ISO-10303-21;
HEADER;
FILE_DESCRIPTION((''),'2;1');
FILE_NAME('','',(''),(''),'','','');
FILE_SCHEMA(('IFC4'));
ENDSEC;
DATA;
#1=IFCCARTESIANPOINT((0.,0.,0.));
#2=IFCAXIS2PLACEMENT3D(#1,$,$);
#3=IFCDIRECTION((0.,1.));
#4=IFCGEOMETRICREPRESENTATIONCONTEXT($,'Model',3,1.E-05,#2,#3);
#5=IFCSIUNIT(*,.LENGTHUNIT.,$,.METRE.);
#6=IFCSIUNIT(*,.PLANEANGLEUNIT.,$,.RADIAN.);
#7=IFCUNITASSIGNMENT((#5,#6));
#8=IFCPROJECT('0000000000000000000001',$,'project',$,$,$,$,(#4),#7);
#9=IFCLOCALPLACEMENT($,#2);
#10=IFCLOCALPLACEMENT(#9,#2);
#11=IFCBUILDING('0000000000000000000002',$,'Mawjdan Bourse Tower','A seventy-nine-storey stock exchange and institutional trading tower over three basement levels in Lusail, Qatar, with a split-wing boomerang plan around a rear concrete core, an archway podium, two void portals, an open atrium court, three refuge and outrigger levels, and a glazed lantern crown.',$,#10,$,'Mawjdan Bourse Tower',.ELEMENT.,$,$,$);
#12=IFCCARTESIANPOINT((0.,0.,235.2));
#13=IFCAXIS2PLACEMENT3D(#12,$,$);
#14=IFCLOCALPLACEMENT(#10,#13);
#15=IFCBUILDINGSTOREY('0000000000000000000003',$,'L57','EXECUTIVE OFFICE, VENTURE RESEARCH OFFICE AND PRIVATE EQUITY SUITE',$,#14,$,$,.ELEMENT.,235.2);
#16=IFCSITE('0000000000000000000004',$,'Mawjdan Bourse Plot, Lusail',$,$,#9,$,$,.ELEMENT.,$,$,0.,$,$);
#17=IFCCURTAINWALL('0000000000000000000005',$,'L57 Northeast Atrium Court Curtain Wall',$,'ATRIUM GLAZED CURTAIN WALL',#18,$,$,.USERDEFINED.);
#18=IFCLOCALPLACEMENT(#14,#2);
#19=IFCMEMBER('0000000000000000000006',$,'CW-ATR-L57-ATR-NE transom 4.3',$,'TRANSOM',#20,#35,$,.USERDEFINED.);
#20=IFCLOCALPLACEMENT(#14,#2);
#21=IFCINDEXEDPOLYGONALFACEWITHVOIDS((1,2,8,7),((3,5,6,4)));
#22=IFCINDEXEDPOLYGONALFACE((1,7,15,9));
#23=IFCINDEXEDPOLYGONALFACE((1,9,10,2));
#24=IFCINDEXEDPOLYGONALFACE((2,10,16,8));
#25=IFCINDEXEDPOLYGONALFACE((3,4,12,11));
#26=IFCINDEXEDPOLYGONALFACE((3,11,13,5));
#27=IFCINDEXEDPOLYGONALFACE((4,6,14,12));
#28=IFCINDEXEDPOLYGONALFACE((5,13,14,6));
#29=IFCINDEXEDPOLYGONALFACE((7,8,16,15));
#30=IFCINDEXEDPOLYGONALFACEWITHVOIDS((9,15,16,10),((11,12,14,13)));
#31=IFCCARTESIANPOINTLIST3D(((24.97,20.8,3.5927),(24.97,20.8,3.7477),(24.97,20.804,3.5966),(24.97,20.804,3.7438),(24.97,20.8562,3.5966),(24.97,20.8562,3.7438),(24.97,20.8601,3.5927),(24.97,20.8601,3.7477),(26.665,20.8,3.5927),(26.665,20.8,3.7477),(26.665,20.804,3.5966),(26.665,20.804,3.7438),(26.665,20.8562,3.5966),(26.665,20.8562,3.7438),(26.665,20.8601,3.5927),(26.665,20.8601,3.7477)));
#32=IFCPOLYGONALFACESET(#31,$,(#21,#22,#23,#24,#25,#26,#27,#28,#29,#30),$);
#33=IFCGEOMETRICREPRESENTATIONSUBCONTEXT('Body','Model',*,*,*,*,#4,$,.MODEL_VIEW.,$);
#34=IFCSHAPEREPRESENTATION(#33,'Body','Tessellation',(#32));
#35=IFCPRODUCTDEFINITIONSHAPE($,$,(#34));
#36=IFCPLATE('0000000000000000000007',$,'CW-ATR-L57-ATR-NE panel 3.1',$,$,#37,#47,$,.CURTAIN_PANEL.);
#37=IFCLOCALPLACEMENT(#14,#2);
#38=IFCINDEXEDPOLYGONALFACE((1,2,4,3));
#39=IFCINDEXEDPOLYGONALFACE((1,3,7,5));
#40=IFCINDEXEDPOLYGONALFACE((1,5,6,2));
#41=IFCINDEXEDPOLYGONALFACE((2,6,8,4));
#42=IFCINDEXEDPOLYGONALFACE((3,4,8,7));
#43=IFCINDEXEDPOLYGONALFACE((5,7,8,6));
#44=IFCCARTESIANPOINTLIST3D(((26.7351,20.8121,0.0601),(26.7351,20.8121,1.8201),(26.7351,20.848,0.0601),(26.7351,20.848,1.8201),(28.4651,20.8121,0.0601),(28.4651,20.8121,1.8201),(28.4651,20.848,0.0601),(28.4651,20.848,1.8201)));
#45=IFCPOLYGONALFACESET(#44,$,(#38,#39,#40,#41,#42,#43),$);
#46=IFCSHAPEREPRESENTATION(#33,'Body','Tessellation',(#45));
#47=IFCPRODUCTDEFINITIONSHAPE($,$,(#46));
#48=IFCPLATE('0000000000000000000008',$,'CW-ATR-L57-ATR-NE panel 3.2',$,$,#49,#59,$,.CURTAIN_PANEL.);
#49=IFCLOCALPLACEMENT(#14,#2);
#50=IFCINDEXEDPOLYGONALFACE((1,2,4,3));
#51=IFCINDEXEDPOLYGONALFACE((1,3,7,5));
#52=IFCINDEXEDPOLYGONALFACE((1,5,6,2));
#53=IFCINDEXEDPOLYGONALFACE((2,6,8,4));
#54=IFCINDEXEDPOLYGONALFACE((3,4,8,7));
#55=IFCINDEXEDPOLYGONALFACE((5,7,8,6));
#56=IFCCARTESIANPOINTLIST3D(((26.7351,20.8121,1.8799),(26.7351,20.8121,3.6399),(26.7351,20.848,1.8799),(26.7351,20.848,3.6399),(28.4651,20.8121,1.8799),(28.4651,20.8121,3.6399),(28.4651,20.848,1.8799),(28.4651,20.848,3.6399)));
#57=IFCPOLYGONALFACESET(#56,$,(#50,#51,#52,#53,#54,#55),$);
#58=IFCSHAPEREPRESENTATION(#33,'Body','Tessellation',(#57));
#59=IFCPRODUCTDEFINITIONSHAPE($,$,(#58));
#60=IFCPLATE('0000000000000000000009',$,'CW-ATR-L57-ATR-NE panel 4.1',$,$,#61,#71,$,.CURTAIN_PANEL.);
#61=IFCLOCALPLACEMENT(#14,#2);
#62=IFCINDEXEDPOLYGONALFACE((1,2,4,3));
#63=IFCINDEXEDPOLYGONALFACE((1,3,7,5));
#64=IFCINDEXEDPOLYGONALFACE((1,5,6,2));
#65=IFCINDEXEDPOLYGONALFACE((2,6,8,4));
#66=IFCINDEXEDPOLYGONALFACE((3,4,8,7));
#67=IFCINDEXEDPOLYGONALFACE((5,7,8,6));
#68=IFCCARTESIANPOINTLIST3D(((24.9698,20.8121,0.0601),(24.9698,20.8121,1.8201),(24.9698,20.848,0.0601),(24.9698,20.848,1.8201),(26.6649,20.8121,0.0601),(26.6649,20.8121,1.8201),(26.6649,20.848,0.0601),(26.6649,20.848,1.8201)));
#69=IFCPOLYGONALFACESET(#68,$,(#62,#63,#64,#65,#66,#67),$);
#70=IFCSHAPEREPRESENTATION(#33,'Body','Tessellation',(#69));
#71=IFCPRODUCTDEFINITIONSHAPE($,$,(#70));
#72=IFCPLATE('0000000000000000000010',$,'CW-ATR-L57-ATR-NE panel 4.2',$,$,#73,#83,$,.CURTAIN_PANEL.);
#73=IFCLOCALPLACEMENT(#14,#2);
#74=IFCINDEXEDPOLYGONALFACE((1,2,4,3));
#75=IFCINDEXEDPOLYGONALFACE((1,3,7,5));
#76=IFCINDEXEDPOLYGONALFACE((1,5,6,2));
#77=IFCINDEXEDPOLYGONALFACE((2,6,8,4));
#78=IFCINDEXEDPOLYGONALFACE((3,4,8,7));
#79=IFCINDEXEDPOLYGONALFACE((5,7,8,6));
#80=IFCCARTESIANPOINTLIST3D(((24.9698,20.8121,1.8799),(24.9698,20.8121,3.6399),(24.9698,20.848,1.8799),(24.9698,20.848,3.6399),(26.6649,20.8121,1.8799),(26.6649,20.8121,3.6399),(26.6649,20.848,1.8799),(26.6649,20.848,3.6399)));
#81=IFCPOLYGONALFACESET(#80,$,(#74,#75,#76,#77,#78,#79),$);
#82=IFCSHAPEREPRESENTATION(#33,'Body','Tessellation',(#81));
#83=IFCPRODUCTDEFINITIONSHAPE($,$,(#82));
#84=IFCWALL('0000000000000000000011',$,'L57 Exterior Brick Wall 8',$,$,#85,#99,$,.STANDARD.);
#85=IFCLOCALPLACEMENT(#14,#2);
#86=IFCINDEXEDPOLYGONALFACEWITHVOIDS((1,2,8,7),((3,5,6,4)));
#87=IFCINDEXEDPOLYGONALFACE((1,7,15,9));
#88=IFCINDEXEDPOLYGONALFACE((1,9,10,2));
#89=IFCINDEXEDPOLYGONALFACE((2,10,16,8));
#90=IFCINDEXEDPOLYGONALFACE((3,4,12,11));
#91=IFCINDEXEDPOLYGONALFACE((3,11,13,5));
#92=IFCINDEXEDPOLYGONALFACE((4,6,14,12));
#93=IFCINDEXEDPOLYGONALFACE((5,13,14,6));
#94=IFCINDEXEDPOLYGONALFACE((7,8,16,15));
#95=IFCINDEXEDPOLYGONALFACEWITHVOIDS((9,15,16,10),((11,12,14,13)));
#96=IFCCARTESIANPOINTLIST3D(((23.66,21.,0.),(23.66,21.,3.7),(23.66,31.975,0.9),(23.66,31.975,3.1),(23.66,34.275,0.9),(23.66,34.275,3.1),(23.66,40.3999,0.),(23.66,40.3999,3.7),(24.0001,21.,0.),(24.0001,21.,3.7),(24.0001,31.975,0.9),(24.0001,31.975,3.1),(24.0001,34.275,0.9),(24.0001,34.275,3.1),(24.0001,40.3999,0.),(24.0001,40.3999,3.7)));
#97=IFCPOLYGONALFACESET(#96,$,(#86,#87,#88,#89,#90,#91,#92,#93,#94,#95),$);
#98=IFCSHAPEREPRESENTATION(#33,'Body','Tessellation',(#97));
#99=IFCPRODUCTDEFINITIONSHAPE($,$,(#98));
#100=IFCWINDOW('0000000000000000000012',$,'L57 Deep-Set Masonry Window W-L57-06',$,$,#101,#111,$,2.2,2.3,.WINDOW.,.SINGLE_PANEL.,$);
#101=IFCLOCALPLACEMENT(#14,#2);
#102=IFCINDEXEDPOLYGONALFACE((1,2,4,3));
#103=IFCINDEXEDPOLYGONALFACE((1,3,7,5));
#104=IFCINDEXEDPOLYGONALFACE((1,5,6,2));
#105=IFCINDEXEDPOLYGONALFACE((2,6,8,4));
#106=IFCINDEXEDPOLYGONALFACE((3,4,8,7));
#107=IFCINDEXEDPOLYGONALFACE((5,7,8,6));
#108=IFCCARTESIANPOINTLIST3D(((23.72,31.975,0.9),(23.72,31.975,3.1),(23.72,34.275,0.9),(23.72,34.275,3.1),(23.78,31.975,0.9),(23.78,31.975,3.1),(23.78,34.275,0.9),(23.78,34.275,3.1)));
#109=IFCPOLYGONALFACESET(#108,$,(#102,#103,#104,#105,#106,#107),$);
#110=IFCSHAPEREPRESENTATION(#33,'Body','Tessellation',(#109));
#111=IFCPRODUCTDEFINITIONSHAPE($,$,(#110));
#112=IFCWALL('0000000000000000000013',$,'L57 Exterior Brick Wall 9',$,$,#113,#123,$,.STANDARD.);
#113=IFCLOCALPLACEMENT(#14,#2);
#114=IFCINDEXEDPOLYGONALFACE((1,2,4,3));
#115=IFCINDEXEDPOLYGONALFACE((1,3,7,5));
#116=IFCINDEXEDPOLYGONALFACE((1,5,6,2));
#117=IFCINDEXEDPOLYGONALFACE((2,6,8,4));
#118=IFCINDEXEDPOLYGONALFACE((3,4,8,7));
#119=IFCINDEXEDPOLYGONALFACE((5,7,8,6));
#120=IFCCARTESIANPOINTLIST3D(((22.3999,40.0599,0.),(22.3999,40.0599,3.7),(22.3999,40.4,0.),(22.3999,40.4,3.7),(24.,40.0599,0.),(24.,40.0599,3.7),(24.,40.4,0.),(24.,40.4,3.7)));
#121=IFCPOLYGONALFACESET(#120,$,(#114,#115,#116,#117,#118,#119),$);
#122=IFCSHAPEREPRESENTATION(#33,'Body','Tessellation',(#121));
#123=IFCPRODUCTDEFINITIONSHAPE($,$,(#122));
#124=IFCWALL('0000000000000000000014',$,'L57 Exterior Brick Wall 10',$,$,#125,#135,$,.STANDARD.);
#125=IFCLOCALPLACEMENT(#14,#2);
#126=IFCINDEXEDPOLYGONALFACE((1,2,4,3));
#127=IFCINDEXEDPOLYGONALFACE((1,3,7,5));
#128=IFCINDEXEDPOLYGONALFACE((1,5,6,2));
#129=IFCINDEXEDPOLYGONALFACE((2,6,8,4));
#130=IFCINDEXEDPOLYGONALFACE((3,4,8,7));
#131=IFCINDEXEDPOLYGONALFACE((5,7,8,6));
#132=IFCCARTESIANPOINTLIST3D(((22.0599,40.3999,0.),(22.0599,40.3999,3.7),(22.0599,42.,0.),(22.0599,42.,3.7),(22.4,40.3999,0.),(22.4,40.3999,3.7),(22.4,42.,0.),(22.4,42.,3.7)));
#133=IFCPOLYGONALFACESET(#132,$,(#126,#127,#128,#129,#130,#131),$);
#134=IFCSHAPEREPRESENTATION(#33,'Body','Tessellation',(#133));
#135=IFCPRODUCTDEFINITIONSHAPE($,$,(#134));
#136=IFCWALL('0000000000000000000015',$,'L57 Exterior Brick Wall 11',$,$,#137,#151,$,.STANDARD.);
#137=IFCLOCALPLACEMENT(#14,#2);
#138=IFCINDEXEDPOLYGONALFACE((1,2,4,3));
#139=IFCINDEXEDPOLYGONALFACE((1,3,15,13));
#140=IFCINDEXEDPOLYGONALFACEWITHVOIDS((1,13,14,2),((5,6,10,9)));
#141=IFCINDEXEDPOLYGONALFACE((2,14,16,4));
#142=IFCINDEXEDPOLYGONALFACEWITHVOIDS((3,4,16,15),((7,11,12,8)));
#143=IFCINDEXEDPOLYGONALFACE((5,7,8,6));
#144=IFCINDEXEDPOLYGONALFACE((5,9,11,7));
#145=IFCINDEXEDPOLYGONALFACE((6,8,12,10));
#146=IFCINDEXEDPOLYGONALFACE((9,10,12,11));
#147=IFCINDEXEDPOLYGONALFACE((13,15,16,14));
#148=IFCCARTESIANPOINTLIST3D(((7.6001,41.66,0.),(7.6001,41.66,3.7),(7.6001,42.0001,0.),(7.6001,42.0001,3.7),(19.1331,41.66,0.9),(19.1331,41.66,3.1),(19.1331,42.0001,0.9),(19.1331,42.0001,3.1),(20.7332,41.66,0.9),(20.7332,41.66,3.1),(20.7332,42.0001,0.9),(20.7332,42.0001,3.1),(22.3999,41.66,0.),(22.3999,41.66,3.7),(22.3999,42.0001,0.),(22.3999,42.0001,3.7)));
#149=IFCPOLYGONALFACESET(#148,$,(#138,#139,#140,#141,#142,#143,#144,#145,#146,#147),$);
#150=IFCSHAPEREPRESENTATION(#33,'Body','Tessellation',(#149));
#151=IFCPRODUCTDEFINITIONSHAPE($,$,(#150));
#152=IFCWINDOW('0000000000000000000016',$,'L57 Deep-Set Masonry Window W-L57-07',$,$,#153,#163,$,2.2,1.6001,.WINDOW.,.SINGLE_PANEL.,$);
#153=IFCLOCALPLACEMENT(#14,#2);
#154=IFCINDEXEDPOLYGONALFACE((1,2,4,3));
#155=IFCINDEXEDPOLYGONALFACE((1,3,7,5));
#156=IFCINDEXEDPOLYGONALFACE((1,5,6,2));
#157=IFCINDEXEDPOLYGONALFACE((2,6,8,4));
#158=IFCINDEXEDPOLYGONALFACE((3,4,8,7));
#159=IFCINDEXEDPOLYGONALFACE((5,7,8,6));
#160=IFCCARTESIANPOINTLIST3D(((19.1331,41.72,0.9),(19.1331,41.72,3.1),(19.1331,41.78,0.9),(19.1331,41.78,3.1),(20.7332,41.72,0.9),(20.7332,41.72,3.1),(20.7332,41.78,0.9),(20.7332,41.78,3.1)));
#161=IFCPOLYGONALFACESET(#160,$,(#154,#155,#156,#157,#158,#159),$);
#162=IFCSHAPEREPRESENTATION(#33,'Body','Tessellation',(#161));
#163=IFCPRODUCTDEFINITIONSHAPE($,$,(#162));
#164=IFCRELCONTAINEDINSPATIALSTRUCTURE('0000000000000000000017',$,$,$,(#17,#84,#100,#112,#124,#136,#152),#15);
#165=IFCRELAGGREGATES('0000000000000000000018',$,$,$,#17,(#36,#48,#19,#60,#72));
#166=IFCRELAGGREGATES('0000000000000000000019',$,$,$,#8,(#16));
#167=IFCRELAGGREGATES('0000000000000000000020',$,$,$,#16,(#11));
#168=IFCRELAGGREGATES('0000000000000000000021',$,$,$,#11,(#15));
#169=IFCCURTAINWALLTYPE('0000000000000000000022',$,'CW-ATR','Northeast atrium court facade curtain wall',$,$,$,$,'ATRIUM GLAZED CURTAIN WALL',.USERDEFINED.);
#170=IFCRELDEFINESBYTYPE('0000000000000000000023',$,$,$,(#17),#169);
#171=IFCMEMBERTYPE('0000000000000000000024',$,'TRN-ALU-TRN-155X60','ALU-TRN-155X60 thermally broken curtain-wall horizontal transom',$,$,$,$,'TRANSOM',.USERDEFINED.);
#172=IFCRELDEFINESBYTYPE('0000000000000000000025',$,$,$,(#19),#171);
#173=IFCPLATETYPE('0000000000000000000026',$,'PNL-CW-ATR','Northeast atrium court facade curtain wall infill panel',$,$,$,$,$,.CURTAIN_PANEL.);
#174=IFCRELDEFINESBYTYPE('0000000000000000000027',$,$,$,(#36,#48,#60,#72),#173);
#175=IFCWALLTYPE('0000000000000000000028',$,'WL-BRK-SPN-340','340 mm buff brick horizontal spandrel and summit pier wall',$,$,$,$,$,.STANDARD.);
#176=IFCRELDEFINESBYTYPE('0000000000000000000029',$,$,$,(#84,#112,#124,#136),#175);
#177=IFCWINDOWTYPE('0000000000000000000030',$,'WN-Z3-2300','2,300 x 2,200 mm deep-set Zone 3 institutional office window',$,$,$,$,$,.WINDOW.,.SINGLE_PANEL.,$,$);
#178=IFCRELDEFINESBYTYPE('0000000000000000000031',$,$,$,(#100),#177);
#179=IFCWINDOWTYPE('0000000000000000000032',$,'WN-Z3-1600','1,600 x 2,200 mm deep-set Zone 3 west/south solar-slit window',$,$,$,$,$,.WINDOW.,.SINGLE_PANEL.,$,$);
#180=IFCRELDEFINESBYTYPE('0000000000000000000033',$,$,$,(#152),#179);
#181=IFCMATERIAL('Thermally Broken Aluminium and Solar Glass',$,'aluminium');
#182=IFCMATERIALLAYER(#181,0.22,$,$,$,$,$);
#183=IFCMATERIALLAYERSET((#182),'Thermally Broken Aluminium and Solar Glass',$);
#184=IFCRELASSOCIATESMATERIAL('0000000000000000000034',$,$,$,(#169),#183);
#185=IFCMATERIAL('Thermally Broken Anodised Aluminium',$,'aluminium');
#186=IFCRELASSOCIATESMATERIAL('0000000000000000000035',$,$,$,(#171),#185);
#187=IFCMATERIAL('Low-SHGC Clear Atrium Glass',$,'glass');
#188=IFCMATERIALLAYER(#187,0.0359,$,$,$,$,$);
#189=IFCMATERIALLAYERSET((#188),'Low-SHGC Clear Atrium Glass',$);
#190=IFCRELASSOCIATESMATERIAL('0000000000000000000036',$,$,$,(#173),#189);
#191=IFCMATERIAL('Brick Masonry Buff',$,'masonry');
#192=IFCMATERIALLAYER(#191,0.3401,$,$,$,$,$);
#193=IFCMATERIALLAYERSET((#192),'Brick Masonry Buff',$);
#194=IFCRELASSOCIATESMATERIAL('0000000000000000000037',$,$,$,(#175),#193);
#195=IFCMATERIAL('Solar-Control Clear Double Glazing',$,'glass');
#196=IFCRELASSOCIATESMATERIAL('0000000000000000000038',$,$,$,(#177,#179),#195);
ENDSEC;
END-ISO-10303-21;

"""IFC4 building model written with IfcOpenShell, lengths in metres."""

from ifc_helpers import new_model, si_unit, direction, frame, frame_2d, origin, origin_2d, place, context, subcontext, project, spatial, rectangle, hollow_rectangle, extrude, material, layer, layer_set, material_profile, profile_set, type_object, element, fill, aggregate, save


model = new_model("IFC4")

# Units and contexts
model_context = context("Model", 3, precision=1e-05, world=origin(), true_north=direction((0.0, 1.0)))
body_context = subcontext(model_context, "Body", "Model", "MODEL_VIEW")
ifc_project = project(units=[si_unit("LENGTHUNIT", "METRE"), si_unit("PLANEANGLEUNIT", "RADIAN")], contexts=[model_context])

# Site, building, storey
site_placement = place(None, origin())
site = spatial("IfcSite", under=ifc_project, at=site_placement, Name="Mawjdan Bourse Plot, Lusail", CompositionType="ELEMENT", RefElevation=0.0)
building_placement = place(site_placement, origin())
building = spatial("IfcBuilding", under=site, at=building_placement, Name="Mawjdan Bourse Tower", Description="A seventy-nine-storey stock exchange and institutional trading tower over three basement levels in Lusail, Qatar, with a split-wing boomerang plan around a rear concrete core, an archway podium, two void portals, an open atrium court, three refuge and outrigger levels, and a glazed lantern crown.", LongName="Mawjdan Bourse Tower", CompositionType="ELEMENT")
storey_placement = place(building_placement, frame((0.0, 0.0, 235.2)))
storey = spatial("IfcBuildingStorey", under=building, at=storey_placement, Name="L57", Description="EXECUTIVE OFFICE, VENTURE RESEARCH OFFICE AND PRIVATE EQUITY SUITE", CompositionType="ELEMENT", Elevation=235.2)

# Curtain wall
ifc_material_1 = material(Name="Thermally Broken Aluminium and Solar Glass", Category="aluminium")
ifc_layer_1 = layer(ifc_material_1, 0.22)
ifc_layer_set_1 = layer_set([ifc_layer_1], Name="Thermally Broken Aluminium and Solar Glass")
curtain_wall_type = type_object("IfcCurtainWallType", Name="CW-ATR", Description="Northeast atrium court facade curtain wall", ElementType="ATRIUM GLAZED CURTAIN WALL", PredefinedType="USERDEFINED", material=ifc_layer_set_1)
curtain_wall_placement = place(storey_placement, origin())
curtain_wall = element("IfcCurtainWall", 1, at=curtain_wall_placement, inside=storey, type_object=curtain_wall_type, Name="L57 Northeast Atrium Court Curtain Wall", ObjectType="ATRIUM GLAZED CURTAIN WALL", PredefinedType="USERDEFINED")
ifc_material_2 = material(Name="Thermally Broken Anodised Aluminium", Category="aluminium")

# Member
ifc_material_profile_1 = material_profile(ifc_material_2, hollow_rectangle(XDim=0.0601, YDim=0.155, WallThickness=0.0039, at=origin_2d()), Name="ALU-TRN-155X60")
ifc_profile_set_1 = profile_set([ifc_material_profile_1], Name="Thermally Broken Anodised Aluminium")
member_type_1 = type_object("IfcMemberType", Name="TRN-ALU-TRN-155X60", Description="ALU-TRN-155X60 thermally broken curtain-wall horizontal transom", ElementType="TRANSOM", PredefinedType="USERDEFINED", material=ifc_profile_set_1)
member_1_placement = place(storey_placement, frame((26.665, 20.8301, 3.6702), z_axis=(-1.0, 0.0, 0.0), x_axis=(0.0, -1.0, 0.0)))
member_1 = element("IfcMember", 2, at=member_1_placement, type_object=member_type_1, Name="CW-ATR-L57-ATR-NE transom 4.3", ObjectType="TRANSOM", PredefinedType="USERDEFINED", context=body_context, shape_type="SweptSolid", body=[
    extrude(hollow_rectangle(XDim=0.0601, YDim=0.155, WallThickness=0.0039, at=origin_2d()), origin(), (0.0, 0.0, 1.0), 1.6951),
])

# Plates
ifc_material_3 = material(Name="Low-SHGC Clear Atrium Glass", Category="glass")
ifc_layer_2 = layer(ifc_material_3, 0.0359)
ifc_layer_set_2 = layer_set([ifc_layer_2], Name="Low-SHGC Clear Atrium Glass")
plate_type = type_object("IfcPlateType", Name="PNL-CW-ATR", Description="Northeast atrium court facade curtain wall infill panel", PredefinedType="CURTAIN_PANEL", material=ifc_layer_set_2)
plate_1_placement = place(storey_placement, frame((27.6001, 20.8301, 0.0601), z_axis=(0.0, 0.0, 1.0), x_axis=(-1.0, 0.0, 0.0)))
plate_1 = element("IfcPlate", 3, at=plate_1_placement, type_object=plate_type, Name="CW-ATR-L57-ATR-NE panel 3.1", PredefinedType="CURTAIN_PANEL", context=body_context, shape_type="SweptSolid", body=[
    extrude(rectangle(XDim=1.73, YDim=0.0359, at=origin_2d()), origin(), (0.0, 0.0, 1.0), 1.76),
])
plate_2_placement = place(storey_placement, frame((27.6001, 20.8301, 1.8799), z_axis=(0.0, 0.0, 1.0), x_axis=(-1.0, 0.0, 0.0)))
plate_2 = element("IfcPlate", 4, at=plate_2_placement, type_object=plate_type, Name="CW-ATR-L57-ATR-NE panel 3.2", PredefinedType="CURTAIN_PANEL", context=body_context, shape_type="SweptSolid", body=[
    extrude(rectangle(XDim=1.73, YDim=0.0359, at=origin_2d()), origin(), (0.0, 0.0, 1.0), 1.76),
])
plate_3_placement = place(storey_placement, frame((25.8174, 20.8301, 0.0601), z_axis=(0.0, 0.0, 1.0), x_axis=(-1.0, 0.0, 0.0)))
plate_3 = element("IfcPlate", 5, at=plate_3_placement, type_object=plate_type, Name="CW-ATR-L57-ATR-NE panel 4.1", PredefinedType="CURTAIN_PANEL", context=body_context, shape_type="SweptSolid", body=[
    extrude(rectangle(XDim=1.6951, YDim=0.0359, at=origin_2d()), origin(), (0.0, 0.0, 1.0), 1.76),
])
plate_4_placement = place(storey_placement, frame((25.8174, 20.8301, 1.8799), z_axis=(0.0, 0.0, 1.0), x_axis=(-1.0, 0.0, 0.0)))
plate_4 = element("IfcPlate", 6, at=plate_4_placement, type_object=plate_type, Name="CW-ATR-L57-ATR-NE panel 4.2", PredefinedType="CURTAIN_PANEL", context=body_context, shape_type="SweptSolid", body=[
    extrude(rectangle(XDim=1.6951, YDim=0.0359, at=origin_2d()), origin(), (0.0, 0.0, 1.0), 1.76),
])
aggregate(curtain_wall, [plate_1, plate_2, member_1, plate_3, plate_4])

# Wall, opening, window
ifc_material_4 = material(Name="Brick Masonry Buff", Category="masonry")
ifc_layer_3 = layer(ifc_material_4, 0.3401)
ifc_layer_set_3 = layer_set([ifc_layer_3], Name="Brick Masonry Buff")
wall_type = type_object("IfcWallType", Name="WL-BRK-SPN-340", Description="340 mm buff brick horizontal spandrel and summit pier wall", PredefinedType="STANDARD", material=ifc_layer_set_3)
wall_1_placement = place(storey_placement, frame((23.8301, 21.0, 0.0), z_axis=(0.0, 0.0, 1.0), x_axis=(0.0, 1.0, 0.0)))
wall_1 = element("IfcWall", 7, at=wall_1_placement, inside=storey, type_object=wall_type, Name="L57 Exterior Brick Wall 8", PredefinedType="STANDARD", context=body_context, shape_type="SweptSolid", body=[
    extrude(rectangle(XDim=19.3999, YDim=0.3401, at=frame_2d((9.7, 0.0))), origin(), (0.0, 0.0, 1.0), 3.7),
])
opening_1_placement = place(wall_1_placement, frame((10.9751, 0.0, 0.8999)))
opening_1 = element("IfcOpeningElement", 8, at=opening_1_placement, cuts=wall_1, PredefinedType="OPENING", context=body_context, shape_type="SweptSolid", body=[
    extrude(rectangle(XDim=2.3, YDim=2.2, at=frame_2d((1.1499, 1.1001))), frame((0.0, 0.1802, 0.0), z_axis=(0.0, -1.0, 0.0), x_axis=(1.0, 0.0, 0.0)), (0.0, 0.0, 1.0), 0.3601),
])
ifc_material_5 = material(Name="Solar-Control Clear Double Glazing", Category="glass")
window_type_1 = type_object("IfcWindowType", Name="WN-Z3-2300", Description="2,300 x 2,200 mm deep-set Zone 3 institutional office window", PartitioningType="SINGLE_PANEL", PredefinedType="WINDOW", material=ifc_material_5)
window_1_placement = place(opening_1_placement, origin())
window_1 = element("IfcWindow", 9, at=window_1_placement, inside=storey, type_object=window_type_1, Name="L57 Deep-Set Masonry Window W-L57-06", OverallHeight=2.2, OverallWidth=2.3, PartitioningType="SINGLE_PANEL", PredefinedType="WINDOW", context=body_context, shape_type="SweptSolid", body=[
    extrude(rectangle(XDim=2.3, YDim=2.2, at=frame_2d((1.1499, 1.1001))), frame((0.0, 0.1101, 0.0), z_axis=(0.0, -1.0, 0.0), x_axis=(1.0, 0.0, 0.0)), (0.0, 0.0, 1.0), 0.0601),
])
fill(opening_1, window_1)

# Walls
for number, where, z_axis, x_axis, name in (
    (10, (24.0, 40.23, 0.0), (0.0, 0.0, 1.0), (-1.0, 0.0, 0.0), "L57 Exterior Brick Wall 9"),
    (11, (22.23, 40.3999, 0.0), (0.0, 0.0, 1.0), (0.0, 1.0, 0.0), "L57 Exterior Brick Wall 10"),
):
    element("IfcWall", number, at=place(storey_placement, frame(where, z_axis=z_axis, x_axis=x_axis)), inside=storey, type_object=wall_type, Name=name, PredefinedType="STANDARD", context=body_context, shape_type="SweptSolid", body=[
        extrude(rectangle(XDim=1.6001, YDim=0.3401, at=frame_2d((0.8, 0.0))), origin(), (0.0, 0.0, 1.0), 3.7),
    ])

# Wall, opening, window
wall_2_placement = place(storey_placement, frame((22.3999, 41.8301, 0.0), z_axis=(0.0, 0.0, 1.0), x_axis=(-1.0, 0.0, 0.0)))
wall_2 = element("IfcWall", 12, at=wall_2_placement, inside=storey, type_object=wall_type, Name="L57 Exterior Brick Wall 11", PredefinedType="STANDARD", context=body_context, shape_type="SweptSolid", body=[
    extrude(rectangle(XDim=14.7998, YDim=0.3401, at=frame_2d((7.3999, 0.0))), origin(), (0.0, 0.0, 1.0), 3.7),
])
opening_2_placement = place(wall_2_placement, frame((1.6667, 0.0, 0.8999)))
opening_2 = element("IfcOpeningElement", 13, at=opening_2_placement, cuts=wall_2, PredefinedType="OPENING", context=body_context, shape_type="SweptSolid", body=[
    extrude(rectangle(XDim=1.6001, YDim=2.2, at=frame_2d((0.8, 1.1001))), frame((0.0, 0.1802, 0.0), z_axis=(0.0, -1.0, 0.0), x_axis=(1.0, 0.0, 0.0)), (0.0, 0.0, 1.0), 0.3601),
])
window_type_2 = type_object("IfcWindowType", Name="WN-Z3-1600", Description="1,600 x 2,200 mm deep-set Zone 3 west/south solar-slit window", PartitioningType="SINGLE_PANEL", PredefinedType="WINDOW", material=ifc_material_5)
window_2_placement = place(opening_2_placement, origin())
window_2 = element("IfcWindow", 14, at=window_2_placement, inside=storey, type_object=window_type_2, Name="L57 Deep-Set Masonry Window W-L57-07", OverallHeight=2.2, OverallWidth=1.6001, PartitioningType="SINGLE_PANEL", PredefinedType="WINDOW", context=body_context, shape_type="SweptSolid", body=[
    extrude(rectangle(XDim=1.6001, YDim=2.2, at=frame_2d((0.8, 1.1001))), frame((0.0, 0.1101, 0.0), z_axis=(0.0, -1.0, 0.0), x_axis=(1.0, 0.0, 0.0)), (0.0, 0.0, 1.0), 0.0601),
])
fill(opening_2, window_2)

save(model, "model.ifc")
